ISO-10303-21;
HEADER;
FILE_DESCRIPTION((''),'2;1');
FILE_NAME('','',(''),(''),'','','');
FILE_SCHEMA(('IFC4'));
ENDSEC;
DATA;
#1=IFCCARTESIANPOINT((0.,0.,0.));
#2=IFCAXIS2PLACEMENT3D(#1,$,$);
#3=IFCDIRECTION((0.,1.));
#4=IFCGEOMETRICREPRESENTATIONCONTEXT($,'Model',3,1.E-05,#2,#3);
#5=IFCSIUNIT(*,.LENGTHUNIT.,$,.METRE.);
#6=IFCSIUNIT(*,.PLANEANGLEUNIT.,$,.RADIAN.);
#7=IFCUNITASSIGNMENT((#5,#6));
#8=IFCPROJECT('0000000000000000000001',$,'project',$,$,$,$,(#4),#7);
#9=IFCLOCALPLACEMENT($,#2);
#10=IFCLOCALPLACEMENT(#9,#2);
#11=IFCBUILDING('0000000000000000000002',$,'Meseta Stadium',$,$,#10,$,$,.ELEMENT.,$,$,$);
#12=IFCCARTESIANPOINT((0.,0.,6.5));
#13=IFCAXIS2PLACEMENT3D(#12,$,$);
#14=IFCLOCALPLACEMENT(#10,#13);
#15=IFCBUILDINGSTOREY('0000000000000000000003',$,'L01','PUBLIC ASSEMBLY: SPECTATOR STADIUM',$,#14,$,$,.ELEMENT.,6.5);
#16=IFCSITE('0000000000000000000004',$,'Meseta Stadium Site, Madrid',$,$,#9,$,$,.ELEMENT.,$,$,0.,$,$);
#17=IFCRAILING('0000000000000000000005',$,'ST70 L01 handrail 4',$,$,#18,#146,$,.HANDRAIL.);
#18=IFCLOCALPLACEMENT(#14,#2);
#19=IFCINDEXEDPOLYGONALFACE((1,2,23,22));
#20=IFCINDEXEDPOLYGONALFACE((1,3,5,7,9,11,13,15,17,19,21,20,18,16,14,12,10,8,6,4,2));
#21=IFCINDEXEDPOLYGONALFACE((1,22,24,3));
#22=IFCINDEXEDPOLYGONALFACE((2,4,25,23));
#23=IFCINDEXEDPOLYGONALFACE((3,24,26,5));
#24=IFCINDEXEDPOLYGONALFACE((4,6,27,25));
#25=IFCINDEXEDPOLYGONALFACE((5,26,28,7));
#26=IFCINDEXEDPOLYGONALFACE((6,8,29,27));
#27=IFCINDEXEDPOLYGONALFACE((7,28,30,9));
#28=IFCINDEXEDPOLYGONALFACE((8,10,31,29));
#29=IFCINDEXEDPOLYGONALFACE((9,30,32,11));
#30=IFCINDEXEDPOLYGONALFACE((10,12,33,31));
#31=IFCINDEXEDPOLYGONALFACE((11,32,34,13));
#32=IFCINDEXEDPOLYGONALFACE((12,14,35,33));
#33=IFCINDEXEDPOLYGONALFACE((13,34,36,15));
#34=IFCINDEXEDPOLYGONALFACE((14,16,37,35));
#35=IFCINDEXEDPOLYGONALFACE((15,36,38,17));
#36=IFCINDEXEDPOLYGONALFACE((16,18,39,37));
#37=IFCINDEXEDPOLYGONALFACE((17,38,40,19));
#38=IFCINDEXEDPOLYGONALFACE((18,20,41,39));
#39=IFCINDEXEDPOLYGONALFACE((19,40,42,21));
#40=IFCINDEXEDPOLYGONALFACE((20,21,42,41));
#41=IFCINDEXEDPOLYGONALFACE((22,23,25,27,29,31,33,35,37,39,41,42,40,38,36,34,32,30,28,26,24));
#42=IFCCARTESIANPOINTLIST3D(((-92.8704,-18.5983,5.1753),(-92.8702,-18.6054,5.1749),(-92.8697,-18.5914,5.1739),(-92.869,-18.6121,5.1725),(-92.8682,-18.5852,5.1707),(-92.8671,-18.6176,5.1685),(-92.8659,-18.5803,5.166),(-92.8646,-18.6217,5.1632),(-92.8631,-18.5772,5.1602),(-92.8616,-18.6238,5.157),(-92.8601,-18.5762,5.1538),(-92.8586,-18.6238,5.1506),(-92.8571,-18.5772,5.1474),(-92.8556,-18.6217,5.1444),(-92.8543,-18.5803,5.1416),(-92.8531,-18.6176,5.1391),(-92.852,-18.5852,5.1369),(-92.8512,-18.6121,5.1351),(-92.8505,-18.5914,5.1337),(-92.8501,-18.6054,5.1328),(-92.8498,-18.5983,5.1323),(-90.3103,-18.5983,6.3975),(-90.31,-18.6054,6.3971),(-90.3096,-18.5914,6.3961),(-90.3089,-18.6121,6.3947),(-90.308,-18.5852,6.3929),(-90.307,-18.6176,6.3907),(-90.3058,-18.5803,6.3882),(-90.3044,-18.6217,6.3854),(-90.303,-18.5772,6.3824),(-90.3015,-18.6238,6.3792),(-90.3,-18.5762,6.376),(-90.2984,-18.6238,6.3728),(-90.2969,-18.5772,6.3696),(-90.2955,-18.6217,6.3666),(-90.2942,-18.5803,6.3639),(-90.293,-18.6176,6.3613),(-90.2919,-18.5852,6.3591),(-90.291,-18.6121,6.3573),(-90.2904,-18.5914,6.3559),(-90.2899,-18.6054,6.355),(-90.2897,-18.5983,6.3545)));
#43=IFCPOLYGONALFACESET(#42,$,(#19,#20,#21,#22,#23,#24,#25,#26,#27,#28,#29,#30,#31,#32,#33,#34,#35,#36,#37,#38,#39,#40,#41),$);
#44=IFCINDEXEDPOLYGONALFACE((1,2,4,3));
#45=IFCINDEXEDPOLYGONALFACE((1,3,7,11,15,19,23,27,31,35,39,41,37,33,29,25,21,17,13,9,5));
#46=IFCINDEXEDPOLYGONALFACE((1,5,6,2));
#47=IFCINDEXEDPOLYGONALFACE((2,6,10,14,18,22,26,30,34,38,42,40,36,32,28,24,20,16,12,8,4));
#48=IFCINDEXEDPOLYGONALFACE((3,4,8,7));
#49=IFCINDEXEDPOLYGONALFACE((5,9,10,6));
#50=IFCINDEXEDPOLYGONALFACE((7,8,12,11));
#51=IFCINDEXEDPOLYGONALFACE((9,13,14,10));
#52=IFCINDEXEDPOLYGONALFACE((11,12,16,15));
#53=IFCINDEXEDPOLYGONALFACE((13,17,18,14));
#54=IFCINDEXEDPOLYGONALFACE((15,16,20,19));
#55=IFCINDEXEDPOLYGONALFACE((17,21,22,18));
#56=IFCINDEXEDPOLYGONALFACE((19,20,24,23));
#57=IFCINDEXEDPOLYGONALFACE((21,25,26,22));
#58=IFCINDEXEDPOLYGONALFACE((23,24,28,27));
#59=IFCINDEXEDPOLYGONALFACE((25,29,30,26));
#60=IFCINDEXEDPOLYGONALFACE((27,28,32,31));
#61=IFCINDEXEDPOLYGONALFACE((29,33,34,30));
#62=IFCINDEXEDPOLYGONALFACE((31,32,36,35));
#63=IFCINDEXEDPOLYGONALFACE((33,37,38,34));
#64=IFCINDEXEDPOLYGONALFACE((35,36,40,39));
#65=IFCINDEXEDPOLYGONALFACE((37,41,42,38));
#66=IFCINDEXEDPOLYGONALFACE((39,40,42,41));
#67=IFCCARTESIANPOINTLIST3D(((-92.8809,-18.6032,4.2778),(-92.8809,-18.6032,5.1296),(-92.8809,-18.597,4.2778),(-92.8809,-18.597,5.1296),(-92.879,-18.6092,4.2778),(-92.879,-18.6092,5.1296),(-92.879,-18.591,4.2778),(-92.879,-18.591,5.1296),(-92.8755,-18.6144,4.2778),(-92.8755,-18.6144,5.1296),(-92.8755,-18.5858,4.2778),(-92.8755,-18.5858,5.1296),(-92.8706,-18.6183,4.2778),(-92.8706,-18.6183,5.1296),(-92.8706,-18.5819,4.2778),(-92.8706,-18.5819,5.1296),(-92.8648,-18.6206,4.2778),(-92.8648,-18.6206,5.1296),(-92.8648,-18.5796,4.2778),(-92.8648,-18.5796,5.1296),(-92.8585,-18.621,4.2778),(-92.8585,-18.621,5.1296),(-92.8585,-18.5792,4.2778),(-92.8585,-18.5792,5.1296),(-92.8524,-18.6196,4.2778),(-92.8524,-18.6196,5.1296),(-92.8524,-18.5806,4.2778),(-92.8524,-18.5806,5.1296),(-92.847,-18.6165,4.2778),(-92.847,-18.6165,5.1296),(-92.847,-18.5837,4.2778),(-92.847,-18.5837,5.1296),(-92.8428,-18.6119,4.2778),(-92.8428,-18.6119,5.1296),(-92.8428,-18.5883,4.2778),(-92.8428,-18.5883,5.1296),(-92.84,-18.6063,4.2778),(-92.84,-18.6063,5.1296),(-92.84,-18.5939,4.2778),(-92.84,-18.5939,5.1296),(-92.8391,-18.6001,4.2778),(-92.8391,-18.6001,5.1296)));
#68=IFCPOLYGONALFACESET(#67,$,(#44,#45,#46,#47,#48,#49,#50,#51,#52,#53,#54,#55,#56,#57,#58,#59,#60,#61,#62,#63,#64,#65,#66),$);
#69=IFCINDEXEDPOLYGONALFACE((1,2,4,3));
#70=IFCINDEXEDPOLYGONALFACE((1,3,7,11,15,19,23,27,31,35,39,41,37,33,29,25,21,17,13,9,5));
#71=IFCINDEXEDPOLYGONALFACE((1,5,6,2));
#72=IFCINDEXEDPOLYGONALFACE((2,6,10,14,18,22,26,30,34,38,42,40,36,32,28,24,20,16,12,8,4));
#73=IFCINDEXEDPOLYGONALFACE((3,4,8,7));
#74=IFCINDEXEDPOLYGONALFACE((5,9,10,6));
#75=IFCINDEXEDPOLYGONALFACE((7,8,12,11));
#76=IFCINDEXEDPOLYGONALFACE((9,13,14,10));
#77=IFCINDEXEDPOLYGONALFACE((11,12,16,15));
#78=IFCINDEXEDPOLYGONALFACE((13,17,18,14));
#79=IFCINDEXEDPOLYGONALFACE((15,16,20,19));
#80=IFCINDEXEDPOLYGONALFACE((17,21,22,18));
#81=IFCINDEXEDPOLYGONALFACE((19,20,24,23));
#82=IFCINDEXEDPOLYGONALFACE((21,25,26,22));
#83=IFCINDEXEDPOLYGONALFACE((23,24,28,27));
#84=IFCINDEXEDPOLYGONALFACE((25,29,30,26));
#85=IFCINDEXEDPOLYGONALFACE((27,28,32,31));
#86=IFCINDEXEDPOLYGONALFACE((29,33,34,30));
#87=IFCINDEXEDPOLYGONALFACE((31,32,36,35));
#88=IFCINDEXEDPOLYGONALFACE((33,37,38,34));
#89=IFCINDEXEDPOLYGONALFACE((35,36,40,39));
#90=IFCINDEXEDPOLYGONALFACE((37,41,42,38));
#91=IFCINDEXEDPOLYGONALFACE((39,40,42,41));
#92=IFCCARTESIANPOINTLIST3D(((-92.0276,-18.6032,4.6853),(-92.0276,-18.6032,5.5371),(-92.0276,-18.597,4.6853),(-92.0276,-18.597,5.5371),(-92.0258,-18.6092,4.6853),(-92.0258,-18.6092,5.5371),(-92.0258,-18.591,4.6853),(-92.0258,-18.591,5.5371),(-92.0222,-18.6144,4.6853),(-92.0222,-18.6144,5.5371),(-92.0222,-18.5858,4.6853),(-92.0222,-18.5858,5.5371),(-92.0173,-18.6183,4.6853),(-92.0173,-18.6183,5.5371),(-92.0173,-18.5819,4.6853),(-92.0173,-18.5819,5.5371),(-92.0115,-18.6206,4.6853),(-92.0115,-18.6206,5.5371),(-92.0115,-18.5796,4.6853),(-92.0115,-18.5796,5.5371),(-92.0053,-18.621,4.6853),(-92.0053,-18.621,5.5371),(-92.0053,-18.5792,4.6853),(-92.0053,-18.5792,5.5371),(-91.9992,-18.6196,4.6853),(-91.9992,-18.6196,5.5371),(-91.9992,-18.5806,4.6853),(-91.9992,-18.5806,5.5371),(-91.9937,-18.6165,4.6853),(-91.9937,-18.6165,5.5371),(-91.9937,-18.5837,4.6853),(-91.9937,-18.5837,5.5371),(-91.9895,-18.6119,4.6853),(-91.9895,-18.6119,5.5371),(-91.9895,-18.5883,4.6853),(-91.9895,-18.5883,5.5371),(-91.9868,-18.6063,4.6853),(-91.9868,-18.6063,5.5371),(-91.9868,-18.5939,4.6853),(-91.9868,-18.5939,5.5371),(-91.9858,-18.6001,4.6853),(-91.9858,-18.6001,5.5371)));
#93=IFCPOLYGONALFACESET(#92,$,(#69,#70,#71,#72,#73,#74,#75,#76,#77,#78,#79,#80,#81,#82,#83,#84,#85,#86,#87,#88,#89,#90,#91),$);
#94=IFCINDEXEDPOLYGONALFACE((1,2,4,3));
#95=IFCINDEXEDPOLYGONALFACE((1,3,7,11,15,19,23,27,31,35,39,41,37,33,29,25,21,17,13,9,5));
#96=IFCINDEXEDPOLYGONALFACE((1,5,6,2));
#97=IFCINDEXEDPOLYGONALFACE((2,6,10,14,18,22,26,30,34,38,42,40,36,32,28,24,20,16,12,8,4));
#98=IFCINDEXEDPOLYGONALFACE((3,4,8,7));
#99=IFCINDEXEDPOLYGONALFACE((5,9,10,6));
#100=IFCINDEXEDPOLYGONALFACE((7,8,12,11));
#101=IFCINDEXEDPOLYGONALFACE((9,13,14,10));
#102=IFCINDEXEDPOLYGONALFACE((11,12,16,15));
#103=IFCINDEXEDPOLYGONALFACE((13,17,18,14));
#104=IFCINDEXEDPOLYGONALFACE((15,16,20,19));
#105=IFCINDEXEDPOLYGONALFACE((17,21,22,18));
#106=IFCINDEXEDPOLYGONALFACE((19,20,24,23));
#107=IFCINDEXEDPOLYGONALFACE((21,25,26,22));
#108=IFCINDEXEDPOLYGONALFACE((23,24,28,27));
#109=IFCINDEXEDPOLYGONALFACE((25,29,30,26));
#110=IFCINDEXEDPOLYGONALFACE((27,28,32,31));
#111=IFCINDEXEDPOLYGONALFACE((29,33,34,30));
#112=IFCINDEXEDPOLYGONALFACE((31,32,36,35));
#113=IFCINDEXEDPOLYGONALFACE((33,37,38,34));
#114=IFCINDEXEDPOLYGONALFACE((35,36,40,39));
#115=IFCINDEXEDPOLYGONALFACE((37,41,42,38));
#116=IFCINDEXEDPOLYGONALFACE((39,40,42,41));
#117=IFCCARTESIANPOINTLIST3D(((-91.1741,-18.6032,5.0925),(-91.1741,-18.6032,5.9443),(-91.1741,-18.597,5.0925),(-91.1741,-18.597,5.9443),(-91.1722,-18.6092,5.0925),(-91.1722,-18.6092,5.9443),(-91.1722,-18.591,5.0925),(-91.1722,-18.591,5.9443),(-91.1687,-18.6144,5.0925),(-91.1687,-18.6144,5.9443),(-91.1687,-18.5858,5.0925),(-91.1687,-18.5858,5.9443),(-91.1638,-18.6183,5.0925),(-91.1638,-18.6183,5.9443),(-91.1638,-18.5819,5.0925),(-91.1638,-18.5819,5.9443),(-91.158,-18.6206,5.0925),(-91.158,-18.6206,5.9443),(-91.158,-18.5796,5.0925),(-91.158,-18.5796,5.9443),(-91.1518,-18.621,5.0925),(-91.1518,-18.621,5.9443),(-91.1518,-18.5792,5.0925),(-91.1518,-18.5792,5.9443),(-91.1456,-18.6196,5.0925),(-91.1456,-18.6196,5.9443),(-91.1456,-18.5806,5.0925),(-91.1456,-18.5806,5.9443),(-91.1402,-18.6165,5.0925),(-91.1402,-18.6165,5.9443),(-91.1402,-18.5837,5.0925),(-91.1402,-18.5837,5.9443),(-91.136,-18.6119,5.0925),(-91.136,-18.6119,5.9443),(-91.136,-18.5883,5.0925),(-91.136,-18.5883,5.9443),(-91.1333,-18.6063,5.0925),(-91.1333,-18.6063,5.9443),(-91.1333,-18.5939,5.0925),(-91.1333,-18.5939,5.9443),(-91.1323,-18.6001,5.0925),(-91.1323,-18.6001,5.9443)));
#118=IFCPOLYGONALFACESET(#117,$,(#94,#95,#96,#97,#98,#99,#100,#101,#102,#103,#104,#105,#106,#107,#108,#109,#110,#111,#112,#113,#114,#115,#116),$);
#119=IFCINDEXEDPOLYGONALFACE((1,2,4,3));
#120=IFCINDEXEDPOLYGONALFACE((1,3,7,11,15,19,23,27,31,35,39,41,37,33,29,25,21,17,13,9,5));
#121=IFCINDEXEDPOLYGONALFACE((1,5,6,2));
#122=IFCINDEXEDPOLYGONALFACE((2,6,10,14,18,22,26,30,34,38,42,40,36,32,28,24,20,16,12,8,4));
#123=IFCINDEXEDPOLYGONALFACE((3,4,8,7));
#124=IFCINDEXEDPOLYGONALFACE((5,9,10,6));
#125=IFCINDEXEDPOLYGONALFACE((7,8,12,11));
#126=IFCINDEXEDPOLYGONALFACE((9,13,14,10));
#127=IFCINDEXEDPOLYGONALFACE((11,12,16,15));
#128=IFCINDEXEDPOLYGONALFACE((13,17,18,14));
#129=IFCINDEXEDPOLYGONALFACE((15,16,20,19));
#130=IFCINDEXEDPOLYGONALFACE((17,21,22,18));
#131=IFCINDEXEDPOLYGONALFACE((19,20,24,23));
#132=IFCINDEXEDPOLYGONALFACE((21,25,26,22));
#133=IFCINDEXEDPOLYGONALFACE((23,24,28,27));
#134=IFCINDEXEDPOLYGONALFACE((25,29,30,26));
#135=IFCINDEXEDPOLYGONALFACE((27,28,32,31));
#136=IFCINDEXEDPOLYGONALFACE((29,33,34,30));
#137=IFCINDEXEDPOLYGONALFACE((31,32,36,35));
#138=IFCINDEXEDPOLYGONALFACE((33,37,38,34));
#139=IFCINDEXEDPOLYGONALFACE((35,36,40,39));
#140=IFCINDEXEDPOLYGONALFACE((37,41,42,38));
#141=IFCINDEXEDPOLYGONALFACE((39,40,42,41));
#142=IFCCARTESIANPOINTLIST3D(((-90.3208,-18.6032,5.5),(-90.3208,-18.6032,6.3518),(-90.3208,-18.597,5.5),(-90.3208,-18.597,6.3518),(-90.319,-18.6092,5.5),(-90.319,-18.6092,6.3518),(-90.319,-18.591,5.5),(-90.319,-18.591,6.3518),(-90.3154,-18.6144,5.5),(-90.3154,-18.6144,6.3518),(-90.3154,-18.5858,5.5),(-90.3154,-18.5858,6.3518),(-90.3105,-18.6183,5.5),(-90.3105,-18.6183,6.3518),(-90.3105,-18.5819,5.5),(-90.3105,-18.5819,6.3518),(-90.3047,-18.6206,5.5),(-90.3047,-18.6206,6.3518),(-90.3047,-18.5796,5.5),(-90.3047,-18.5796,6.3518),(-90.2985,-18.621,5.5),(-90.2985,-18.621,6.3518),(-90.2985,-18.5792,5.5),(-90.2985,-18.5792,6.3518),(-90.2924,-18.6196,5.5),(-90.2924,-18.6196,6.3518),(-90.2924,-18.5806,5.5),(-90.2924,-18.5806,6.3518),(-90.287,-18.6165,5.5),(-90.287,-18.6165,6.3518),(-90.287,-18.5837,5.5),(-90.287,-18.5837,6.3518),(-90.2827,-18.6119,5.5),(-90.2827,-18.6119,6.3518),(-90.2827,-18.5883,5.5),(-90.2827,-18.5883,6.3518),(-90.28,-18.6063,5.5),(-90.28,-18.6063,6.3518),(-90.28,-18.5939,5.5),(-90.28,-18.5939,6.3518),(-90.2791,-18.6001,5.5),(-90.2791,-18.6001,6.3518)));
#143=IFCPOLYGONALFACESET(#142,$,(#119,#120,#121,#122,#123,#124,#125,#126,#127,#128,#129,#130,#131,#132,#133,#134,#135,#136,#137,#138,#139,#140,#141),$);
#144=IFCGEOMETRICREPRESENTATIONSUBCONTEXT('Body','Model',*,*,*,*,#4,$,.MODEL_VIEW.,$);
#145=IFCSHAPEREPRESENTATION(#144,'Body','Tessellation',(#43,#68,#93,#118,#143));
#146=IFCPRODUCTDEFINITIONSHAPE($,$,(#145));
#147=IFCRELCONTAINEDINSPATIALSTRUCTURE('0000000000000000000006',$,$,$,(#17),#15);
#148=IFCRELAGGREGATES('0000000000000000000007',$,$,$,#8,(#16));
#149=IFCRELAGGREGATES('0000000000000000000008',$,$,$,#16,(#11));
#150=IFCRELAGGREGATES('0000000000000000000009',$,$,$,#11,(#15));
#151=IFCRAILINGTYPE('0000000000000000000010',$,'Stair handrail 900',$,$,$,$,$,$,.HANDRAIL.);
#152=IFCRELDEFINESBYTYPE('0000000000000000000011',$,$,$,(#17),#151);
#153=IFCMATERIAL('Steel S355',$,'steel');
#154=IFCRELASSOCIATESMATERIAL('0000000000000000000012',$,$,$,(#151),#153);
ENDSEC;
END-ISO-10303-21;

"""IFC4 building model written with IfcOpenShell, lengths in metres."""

from ifc_helpers import new_model, si_unit, direction, frame, origin, origin_2d, place, context, subcontext, project, spatial, circle, extrude, material, type_object, element, save


model = new_model("IFC4")

# Units and contexts
model_context = context("Model", 3, precision=1e-05, world=origin(), true_north=direction((0.0, 1.0)))
body_context = subcontext(model_context, "Body", "Model", "MODEL_VIEW")
ifc_project = project(units=[si_unit("LENGTHUNIT", "METRE"), si_unit("PLANEANGLEUNIT", "RADIAN")], contexts=[model_context])

# Site, building, storey
site_placement = place(None, origin())
site = spatial("IfcSite", under=ifc_project, at=site_placement, Name="Meseta Stadium Site, Madrid", CompositionType="ELEMENT", RefElevation=0.0)
building_placement = place(site_placement, origin())
building = spatial("IfcBuilding", under=site, at=building_placement, Name="Meseta Stadium", CompositionType="ELEMENT")
storey_placement = place(building_placement, frame((0.0, 0.0, 6.5)))
storey = spatial("IfcBuildingStorey", under=building, at=storey_placement, Name="L01", Description="PUBLIC ASSEMBLY: SPECTATOR STADIUM", CompositionType="ELEMENT", Elevation=6.5)

# Railing
ifc_material_1 = material(Name="Steel S355", Category="steel")
railing_type_1 = type_object("IfcRailingType", Name="Stair handrail 900", PredefinedType="HANDRAIL", material=ifc_material_1)
for number, where, name in (
    (1, (-92.8601, -18.6001, 4.2778), "ST70 L01 handrail 4"),
):
    element("IfcRailing", number, at=place(storey_placement, frame(where)), inside=storey, type_object=railing_type_1, Name=name, PredefinedType="HANDRAIL", context=body_context, shape_type="SweptSolid", body=[
        extrude(circle(Radius=0.0239, at=origin_2d()), frame((0.0, 0.0, 0.876), z_axis=(0.902437, 0.0, 0.430822), x_axis=(0.0, 1.0, 0.0)), (0.0, 0.0, 1.0), 2.8369),
        extrude(circle(Radius=0.021, at=origin_2d()), origin(), (0.0, 0.0, 1.0), 0.8518),
        extrude(circle(Radius=0.021, at=origin_2d()), frame((0.8533, 0.0, 0.4075)), (0.0, 0.0, 1.0), 0.8518),
        extrude(circle(Radius=0.021, at=origin_2d()), frame((1.7068, 0.0, 0.8147)), (0.0, 0.0, 1.0), 0.8518),
        extrude(circle(Radius=0.021, at=origin_2d()), frame((2.5601, 0.0, 1.2222)), (0.0, 0.0, 1.0), 0.8518),
    ])

save(model, "model.ifc")
